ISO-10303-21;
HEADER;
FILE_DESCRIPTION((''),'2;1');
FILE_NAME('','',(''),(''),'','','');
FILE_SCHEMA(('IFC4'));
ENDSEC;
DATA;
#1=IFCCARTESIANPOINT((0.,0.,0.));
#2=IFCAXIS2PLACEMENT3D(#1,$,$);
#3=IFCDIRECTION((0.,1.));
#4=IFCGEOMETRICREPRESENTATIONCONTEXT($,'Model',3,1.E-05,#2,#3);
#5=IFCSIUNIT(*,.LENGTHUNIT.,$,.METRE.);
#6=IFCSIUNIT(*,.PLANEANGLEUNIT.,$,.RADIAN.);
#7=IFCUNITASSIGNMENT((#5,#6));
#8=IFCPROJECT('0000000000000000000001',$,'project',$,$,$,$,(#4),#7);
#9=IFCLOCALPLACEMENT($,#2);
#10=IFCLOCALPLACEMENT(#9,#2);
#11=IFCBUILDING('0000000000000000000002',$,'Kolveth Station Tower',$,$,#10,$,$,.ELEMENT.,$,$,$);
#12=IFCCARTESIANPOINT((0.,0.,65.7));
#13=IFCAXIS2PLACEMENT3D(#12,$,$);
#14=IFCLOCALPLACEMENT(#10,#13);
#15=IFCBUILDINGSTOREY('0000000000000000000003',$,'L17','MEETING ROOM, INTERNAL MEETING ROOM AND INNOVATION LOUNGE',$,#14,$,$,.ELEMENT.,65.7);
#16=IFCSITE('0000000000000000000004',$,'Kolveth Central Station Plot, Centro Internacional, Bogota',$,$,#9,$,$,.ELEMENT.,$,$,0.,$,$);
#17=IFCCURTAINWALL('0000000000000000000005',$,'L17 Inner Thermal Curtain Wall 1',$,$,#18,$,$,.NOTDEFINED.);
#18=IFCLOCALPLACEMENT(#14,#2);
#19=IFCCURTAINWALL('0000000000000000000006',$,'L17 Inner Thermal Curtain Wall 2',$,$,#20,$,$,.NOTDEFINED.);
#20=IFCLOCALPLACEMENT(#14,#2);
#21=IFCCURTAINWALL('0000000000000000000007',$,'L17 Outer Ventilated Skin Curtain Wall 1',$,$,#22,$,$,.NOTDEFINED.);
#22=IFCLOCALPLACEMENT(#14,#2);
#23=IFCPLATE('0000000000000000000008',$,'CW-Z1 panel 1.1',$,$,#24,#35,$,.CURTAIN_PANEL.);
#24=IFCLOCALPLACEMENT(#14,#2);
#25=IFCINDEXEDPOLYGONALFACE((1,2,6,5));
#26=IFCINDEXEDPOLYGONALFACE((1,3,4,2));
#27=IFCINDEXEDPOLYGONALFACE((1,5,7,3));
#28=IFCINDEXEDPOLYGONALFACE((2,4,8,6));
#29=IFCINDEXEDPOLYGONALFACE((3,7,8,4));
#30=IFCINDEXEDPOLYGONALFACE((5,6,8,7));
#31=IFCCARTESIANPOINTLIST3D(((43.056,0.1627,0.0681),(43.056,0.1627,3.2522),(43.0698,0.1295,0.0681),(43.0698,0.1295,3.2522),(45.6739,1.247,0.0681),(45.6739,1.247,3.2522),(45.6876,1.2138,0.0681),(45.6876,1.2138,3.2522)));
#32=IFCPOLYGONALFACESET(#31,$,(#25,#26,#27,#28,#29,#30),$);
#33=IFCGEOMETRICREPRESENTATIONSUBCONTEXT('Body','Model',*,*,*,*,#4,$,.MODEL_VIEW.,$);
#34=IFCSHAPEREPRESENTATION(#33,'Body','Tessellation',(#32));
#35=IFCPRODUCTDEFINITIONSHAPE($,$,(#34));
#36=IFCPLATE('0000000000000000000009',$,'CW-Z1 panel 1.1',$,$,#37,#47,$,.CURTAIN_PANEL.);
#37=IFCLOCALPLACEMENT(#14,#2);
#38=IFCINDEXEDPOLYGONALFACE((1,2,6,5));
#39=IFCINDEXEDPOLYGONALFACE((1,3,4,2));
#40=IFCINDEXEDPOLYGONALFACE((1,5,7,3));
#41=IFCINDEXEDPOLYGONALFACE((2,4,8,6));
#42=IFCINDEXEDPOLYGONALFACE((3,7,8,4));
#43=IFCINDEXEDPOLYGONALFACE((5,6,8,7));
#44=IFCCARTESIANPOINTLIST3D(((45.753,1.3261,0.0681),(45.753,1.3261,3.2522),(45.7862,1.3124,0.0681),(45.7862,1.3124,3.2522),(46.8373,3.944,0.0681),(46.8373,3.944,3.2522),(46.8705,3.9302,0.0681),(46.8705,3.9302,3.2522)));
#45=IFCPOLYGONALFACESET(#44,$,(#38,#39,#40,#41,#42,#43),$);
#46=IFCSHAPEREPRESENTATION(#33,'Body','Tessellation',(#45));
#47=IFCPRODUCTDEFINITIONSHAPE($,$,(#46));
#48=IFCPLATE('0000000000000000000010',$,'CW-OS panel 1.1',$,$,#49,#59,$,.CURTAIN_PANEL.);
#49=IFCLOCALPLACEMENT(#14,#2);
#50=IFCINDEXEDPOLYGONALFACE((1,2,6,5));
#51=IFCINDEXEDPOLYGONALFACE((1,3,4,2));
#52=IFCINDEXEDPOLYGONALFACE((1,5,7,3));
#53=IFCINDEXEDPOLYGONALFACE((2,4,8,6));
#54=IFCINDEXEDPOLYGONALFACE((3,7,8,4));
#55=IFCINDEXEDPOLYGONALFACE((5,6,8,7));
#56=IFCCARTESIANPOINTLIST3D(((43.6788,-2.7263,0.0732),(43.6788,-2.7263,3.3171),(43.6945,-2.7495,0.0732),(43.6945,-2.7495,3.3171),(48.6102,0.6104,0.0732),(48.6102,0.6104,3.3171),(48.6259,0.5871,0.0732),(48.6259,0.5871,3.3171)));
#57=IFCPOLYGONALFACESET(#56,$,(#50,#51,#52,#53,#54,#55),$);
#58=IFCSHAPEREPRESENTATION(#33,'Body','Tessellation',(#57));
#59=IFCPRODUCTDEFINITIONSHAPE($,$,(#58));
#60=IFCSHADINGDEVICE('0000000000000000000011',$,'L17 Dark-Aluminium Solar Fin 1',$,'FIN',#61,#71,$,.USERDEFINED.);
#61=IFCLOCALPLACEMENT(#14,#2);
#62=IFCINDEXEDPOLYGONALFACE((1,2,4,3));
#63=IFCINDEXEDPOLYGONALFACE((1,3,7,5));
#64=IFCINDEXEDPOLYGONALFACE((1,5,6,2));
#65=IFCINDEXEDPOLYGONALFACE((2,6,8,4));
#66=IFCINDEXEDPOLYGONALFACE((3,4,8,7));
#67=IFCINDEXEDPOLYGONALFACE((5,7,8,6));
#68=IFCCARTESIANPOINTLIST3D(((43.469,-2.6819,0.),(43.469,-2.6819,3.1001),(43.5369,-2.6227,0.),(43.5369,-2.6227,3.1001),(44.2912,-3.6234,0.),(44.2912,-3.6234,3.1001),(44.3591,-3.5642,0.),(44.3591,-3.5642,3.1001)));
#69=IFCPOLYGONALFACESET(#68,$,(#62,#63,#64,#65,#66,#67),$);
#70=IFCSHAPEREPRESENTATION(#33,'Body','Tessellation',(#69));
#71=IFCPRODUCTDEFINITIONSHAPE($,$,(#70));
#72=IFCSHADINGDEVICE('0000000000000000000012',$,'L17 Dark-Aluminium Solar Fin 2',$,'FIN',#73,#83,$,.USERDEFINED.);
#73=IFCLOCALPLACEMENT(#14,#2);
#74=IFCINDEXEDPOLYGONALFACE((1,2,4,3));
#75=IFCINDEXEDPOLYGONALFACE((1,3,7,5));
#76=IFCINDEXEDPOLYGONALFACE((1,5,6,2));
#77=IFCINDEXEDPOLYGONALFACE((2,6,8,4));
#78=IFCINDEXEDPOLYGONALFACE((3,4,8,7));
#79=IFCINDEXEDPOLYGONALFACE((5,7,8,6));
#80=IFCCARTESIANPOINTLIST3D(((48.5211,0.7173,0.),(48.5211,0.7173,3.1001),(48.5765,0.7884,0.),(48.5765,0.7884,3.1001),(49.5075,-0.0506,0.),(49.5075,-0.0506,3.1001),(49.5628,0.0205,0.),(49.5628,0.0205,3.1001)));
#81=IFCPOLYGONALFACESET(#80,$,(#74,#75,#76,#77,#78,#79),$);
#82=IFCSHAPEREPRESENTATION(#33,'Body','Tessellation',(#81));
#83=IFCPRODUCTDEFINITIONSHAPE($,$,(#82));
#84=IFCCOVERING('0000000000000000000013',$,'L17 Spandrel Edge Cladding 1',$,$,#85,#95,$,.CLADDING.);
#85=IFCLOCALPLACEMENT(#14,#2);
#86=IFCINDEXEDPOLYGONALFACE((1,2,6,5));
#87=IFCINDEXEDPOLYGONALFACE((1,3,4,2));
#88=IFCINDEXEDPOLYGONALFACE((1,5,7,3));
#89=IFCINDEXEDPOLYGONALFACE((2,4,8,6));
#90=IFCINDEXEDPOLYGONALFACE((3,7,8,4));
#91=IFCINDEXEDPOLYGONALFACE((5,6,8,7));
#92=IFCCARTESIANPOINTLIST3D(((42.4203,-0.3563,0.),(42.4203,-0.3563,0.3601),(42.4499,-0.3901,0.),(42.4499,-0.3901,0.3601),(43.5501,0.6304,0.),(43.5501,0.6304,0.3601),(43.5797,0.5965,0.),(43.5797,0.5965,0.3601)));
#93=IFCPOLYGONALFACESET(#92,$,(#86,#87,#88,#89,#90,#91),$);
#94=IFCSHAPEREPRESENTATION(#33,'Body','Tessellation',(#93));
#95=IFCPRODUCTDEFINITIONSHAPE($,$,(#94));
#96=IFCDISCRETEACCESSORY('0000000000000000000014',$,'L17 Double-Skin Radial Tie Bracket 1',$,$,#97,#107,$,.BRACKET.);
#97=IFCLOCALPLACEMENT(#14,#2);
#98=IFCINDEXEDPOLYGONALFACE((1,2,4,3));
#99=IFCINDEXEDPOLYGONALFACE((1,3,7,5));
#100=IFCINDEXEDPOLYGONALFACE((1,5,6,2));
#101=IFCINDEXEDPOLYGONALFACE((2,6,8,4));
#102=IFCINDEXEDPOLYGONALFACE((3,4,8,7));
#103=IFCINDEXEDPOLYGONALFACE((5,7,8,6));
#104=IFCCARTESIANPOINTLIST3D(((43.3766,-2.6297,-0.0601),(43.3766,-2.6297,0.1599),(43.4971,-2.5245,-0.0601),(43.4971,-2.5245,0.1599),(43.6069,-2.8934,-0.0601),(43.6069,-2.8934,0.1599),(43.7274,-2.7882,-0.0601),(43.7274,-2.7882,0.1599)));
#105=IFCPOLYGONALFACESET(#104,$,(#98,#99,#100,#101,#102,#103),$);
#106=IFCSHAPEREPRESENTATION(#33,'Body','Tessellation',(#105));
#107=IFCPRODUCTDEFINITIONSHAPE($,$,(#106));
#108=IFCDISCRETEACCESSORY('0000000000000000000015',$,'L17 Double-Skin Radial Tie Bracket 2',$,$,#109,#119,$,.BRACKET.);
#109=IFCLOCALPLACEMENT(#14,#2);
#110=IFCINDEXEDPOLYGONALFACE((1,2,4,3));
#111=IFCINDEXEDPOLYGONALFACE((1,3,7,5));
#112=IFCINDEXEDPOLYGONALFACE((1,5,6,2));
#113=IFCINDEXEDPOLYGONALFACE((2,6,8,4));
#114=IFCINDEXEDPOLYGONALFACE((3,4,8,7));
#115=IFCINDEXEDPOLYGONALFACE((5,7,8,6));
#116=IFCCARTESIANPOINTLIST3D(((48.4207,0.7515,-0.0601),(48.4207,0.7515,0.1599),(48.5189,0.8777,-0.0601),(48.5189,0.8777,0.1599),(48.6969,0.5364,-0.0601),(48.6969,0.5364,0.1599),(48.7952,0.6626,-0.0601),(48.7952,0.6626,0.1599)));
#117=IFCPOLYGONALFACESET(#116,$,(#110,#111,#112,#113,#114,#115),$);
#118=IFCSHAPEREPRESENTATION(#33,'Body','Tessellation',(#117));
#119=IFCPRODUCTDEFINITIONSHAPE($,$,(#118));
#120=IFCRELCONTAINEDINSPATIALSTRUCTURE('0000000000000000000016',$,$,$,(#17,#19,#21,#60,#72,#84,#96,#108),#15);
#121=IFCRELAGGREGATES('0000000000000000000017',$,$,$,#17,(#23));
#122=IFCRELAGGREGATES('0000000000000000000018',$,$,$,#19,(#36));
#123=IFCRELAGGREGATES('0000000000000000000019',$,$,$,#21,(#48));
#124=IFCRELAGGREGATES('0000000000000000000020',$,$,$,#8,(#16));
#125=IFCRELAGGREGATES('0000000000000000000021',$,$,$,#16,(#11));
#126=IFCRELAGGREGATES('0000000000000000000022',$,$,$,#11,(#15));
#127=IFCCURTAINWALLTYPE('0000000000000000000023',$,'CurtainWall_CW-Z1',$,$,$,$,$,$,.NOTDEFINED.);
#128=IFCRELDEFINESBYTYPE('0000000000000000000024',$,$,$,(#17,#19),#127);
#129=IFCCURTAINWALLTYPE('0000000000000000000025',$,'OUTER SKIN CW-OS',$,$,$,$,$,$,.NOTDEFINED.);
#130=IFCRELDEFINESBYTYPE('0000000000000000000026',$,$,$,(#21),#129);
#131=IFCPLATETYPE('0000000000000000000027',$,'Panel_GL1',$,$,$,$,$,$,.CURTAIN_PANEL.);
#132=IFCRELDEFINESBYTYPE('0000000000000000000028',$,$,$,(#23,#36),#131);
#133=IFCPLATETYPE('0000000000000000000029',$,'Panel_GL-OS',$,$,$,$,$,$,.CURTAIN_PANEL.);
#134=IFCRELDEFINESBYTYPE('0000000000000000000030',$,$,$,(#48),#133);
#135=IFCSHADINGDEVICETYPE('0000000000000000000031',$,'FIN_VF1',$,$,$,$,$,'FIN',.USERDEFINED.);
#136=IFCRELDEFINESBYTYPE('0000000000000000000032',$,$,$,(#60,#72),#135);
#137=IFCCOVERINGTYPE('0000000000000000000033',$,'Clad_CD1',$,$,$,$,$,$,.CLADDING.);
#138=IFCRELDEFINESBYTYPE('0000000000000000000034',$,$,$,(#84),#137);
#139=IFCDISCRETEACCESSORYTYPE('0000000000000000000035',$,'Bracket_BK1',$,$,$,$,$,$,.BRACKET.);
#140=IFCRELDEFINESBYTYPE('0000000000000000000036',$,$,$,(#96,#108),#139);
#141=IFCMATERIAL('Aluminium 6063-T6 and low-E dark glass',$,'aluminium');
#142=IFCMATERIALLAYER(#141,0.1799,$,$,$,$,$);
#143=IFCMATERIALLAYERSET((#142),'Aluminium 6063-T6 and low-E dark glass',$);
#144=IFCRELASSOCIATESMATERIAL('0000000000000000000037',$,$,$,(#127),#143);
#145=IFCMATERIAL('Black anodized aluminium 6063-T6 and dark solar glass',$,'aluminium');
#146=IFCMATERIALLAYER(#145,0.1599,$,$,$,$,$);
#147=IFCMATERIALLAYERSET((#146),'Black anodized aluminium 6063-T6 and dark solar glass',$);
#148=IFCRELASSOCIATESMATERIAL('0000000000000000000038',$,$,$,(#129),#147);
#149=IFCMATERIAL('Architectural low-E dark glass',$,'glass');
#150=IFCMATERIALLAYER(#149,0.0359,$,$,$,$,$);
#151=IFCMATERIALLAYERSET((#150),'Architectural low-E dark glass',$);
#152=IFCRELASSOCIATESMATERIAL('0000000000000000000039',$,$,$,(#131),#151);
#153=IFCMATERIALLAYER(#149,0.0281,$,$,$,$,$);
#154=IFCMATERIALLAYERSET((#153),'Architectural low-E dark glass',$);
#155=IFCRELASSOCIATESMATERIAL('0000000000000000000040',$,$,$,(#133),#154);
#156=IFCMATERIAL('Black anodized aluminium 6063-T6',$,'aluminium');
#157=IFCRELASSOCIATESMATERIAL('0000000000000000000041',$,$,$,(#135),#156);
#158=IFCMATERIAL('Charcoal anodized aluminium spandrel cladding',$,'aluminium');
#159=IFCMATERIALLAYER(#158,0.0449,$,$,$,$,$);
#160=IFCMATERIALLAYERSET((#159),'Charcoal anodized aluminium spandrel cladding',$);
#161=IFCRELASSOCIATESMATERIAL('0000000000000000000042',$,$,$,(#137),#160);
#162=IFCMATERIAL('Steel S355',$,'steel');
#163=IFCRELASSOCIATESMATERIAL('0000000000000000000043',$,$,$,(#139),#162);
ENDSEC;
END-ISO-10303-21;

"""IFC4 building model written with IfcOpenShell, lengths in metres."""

from ifc_helpers import new_model, si_unit, direction, frame, origin, origin_2d, place, context, subcontext, project, spatial, rectangle, extrude, source, transform, mapped, material, layer, layer_set, type_object, element, aggregate, save


model = new_model("IFC4")

# Units and contexts
model_context = context("Model", 3, precision=1e-05, world=origin(), true_north=direction((0.0, 1.0)))
body_context = subcontext(model_context, "Body", "Model", "MODEL_VIEW")
ifc_project = project(units=[si_unit("LENGTHUNIT", "METRE"), si_unit("PLANEANGLEUNIT", "RADIAN")], contexts=[model_context])

# Site, building, storey
site_placement = place(None, origin())
site = spatial("IfcSite", under=ifc_project, at=site_placement, Name="Kolveth Central Station Plot, Centro Internacional, Bogota", CompositionType="ELEMENT", RefElevation=0.0)
building_placement = place(site_placement, origin())
building = spatial("IfcBuilding", under=site, at=building_placement, Name="Kolveth Station Tower", CompositionType="ELEMENT")
storey_placement = place(building_placement, frame((0.0, 0.0, 65.7)))
storey = spatial("IfcBuildingStorey", under=building, at=storey_placement, Name="L17", Description="MEETING ROOM, INTERNAL MEETING ROOM AND INNOVATION LOUNGE", CompositionType="ELEMENT", Elevation=65.7)

# Shared definitions
ifc_material_1 = material(Name="Steel S355", Category="steel")

# Curtain walls
ifc_material_2 = material(Name="Aluminium 6063-T6 and low-E dark glass", Category="aluminium")
ifc_layer_1 = layer(ifc_material_2, 0.1799)
ifc_layer_set_1 = layer_set([ifc_layer_1], Name="Aluminium 6063-T6 and low-E dark glass")
curtain_wall_type_1 = type_object("IfcCurtainWallType", Name="CurtainWall_CW-Z1", PredefinedType="NOTDEFINED", material=ifc_layer_set_1)
curtain_wall_1_placement = place(storey_placement, origin())
curtain_wall_1 = element("IfcCurtainWall", 1, at=curtain_wall_1_placement, inside=storey, type_object=curtain_wall_type_1, Name="L17 Inner Thermal Curtain Wall 1", PredefinedType="NOTDEFINED")
ifc_material_3 = material(Name="Black anodized aluminium 6063-T6", Category="aluminium")
curtain_wall_2_placement = place(storey_placement, origin())
curtain_wall_2 = element("IfcCurtainWall", 2, at=curtain_wall_2_placement, inside=storey, type_object=curtain_wall_type_1, Name="L17 Inner Thermal Curtain Wall 2", PredefinedType="NOTDEFINED")

# Curtain wall
ifc_material_4 = material(Name="Black anodized aluminium 6063-T6 and dark solar glass", Category="aluminium")
ifc_layer_2 = layer(ifc_material_4, 0.1599)
ifc_layer_set_2 = layer_set([ifc_layer_2], Name="Black anodized aluminium 6063-T6 and dark solar glass")
curtain_wall_type_2 = type_object("IfcCurtainWallType", Name="OUTER SKIN CW-OS", PredefinedType="NOTDEFINED", material=ifc_layer_set_2)
curtain_wall_3_placement = place(storey_placement, origin())
curtain_wall_3 = element("IfcCurtainWall", 3, at=curtain_wall_3_placement, inside=storey, type_object=curtain_wall_type_2, Name="L17 Outer Ventilated Skin Curtain Wall 1", PredefinedType="NOTDEFINED")

# Plates
ifc_material_5 = material(Name="Architectural low-E dark glass", Category="glass")
ifc_layer_3 = layer(ifc_material_5, 0.0359)
ifc_layer_set_3 = layer_set([ifc_layer_3], Name="Architectural low-E dark glass")
plate_type_1 = type_object("IfcPlateType", Name="Panel_GL1", PredefinedType="CURTAIN_PANEL", material=ifc_layer_set_3)
shared_shape_1 = source(origin(), body_context, "Body", "SweptSolid", [
    extrude(rectangle(XDim=2.8335, YDim=0.0359, at=origin_2d()), origin(), (0.0, 0.0, 1.0), 3.1841),
])
plate_1_placement = place(storey_placement, frame((44.3718, 0.6882, 0.0681), z_axis=(0.0, 0.0, 1.0), x_axis=(0.923884, 0.382673, 0.0)))
plate_1 = element("IfcPlate", 4, at=plate_1_placement, type_object=plate_type_1, Name="CW-Z1 panel 1.1", PredefinedType="CURTAIN_PANEL", context=body_context, shape_type="MappedRepresentation", body=[
    mapped(shared_shape_1, transform((0.0, 0.0, 0.0), x_axis=(1.0, 0.0, 0.0), y_axis=(0.0, 1.0, 0.0), z_axis=(0.0, 0.0, 1.0), scale=1.0)),
])
aggregate(curtain_wall_1, [plate_1])
plate_2_placement = place(storey_placement, frame((46.3118, 2.6282, 0.0681), z_axis=(0.0, 0.0, 1.0), x_axis=(0.382673, 0.923884, 0.0)))
plate_2 = element("IfcPlate", 5, at=plate_2_placement, type_object=plate_type_1, Name="CW-Z1 panel 1.1", PredefinedType="CURTAIN_PANEL", context=body_context, shape_type="MappedRepresentation", body=[
    mapped(shared_shape_1, transform((0.0, 0.0, 0.0), x_axis=(1.0, 0.0, 0.0), y_axis=(0.0, 1.0, 0.0), z_axis=(0.0, 0.0, 1.0), scale=1.0)),
])
aggregate(curtain_wall_2, [plate_2])
ifc_layer_4 = layer(ifc_material_5, 0.0281)
ifc_layer_set_4 = layer_set([ifc_layer_4], Name="Architectural low-E dark glass")
plate_type_2 = type_object("IfcPlateType", Name="Panel_GL-OS", PredefinedType="CURTAIN_PANEL", material=ifc_layer_set_4)
shared_shape_2 = source(origin(), body_context, "Body", "SweptSolid", [
    extrude(rectangle(XDim=5.9541, YDim=0.0281, at=origin_2d()), origin(), (0.0, 0.0, 1.0), 3.2439),
])
plate_3_placement = place(storey_placement, frame((46.1523, -1.0696, 0.0732), z_axis=(0.0, 0.0, 1.0), x_axis=(0.828227, 0.560392, 0.0)))
plate_3 = element("IfcPlate", 6, at=plate_3_placement, type_object=plate_type_2, Name="CW-OS panel 1.1", PredefinedType="CURTAIN_PANEL", context=body_context, shape_type="MappedRepresentation", body=[
    mapped(shared_shape_2, transform((0.0, 0.0, 0.0), x_axis=(1.0, 0.0, 0.0), y_axis=(0.0, 1.0, 0.0), z_axis=(0.0, 0.0, 1.0), scale=1.0)),
])
aggregate(curtain_wall_3, [plate_3])

# Shading devices
shading_device_type = type_object("IfcShadingDeviceType", Name="FIN_VF1", ElementType="FIN", PredefinedType="USERDEFINED", material=ifc_material_3)
shared_shape_3 = source(origin(), body_context, "Body", "SweptSolid", [
    extrude(rectangle(XDim=1.25, YDim=0.0901, at=origin_2d()), origin(), (0.0, 0.0, 1.0), 3.1001),
])
for number, where, z_axis, x_axis, name in (
    (7, (43.9141, -3.123, 0.0), (0.0, 0.0, 1.0), (0.65777, -0.753219, 0.0), "L17 Dark-Aluminium Solar Fin 1"),
    (8, (49.042, 0.3689, 0.0), (0.0, 0.0, 1.0), (0.789084, -0.614285, 0.0), "L17 Dark-Aluminium Solar Fin 2"),
):
    element("IfcShadingDevice", number, at=place(storey_placement, frame(where, z_axis=z_axis, x_axis=x_axis)), inside=storey, type_object=shading_device_type, Name=name, ObjectType="FIN", PredefinedType="USERDEFINED", context=body_context, shape_type="MappedRepresentation", body=[
        mapped(shared_shape_3, transform((0.0, 0.0, 0.0), x_axis=(1.0, 0.0, 0.0), y_axis=(0.0, 1.0, 0.0), z_axis=(0.0, 0.0, 1.0), scale=1.0)),
    ])

# Covering
ifc_material_6 = material(Name="Charcoal anodized aluminium spandrel cladding", Category="aluminium")
ifc_layer_5 = layer(ifc_material_6, 0.0449)
ifc_layer_set_5 = layer_set([ifc_layer_5], Name="Charcoal anodized aluminium spandrel cladding")
covering_type = type_object("IfcCoveringType", Name="Clad_CD1", PredefinedType="CLADDING", material=ifc_layer_set_5)
shared_shape_4 = source(origin(), body_context, "Body", "SweptSolid", [
    extrude(rectangle(XDim=1.5, YDim=0.0449, at=origin_2d()), origin(), (0.0, 0.0, 1.0), 0.3601),
])
covering_placement = place(storey_placement, frame((43.0, 0.1201, 0.0), z_axis=(0.0, 0.0, 1.0), x_axis=(0.753219, 0.65777, 0.0)))
element("IfcCovering", 9, at=covering_placement, inside=storey, type_object=covering_type, Name="L17 Spandrel Edge Cladding 1", PredefinedType="CLADDING", context=body_context, shape_type="MappedRepresentation", body=[
    mapped(shared_shape_4, transform((0.0, 0.0, 0.0), x_axis=(1.0, 0.0, 0.0), y_axis=(0.0, 1.0, 0.0), z_axis=(0.0, 0.0, 1.0), scale=1.0)),
])

# Discrete accessories
discrete_accessory_type = type_object("IfcDiscreteAccessoryType", Name="Bracket_BK1", PredefinedType="BRACKET", material=ifc_material_1)
shared_shape_5 = source(origin(), body_context, "Body", "SweptSolid", [
    extrude(rectangle(XDim=0.3501, YDim=0.1599, at=origin_2d()), origin(), (0.0, 0.0, 1.0), 0.22),
])
for number, where, z_axis, x_axis, name in (
    (10, (43.552, -2.709, -0.0601), (0.0, 0.0, 1.0), (0.65777, -0.753219, 0.0), "L17 Double-Skin Radial Tie Bracket 1"),
    (11, (48.6079, 0.707, -0.0601), (0.0, 0.0, 1.0), (0.789084, -0.614285, 0.0), "L17 Double-Skin Radial Tie Bracket 2"),
):
    element("IfcDiscreteAccessory", number, at=place(storey_placement, frame(where, z_axis=z_axis, x_axis=x_axis)), inside=storey, type_object=discrete_accessory_type, Name=name, PredefinedType="BRACKET", context=body_context, shape_type="MappedRepresentation", body=[
        mapped(shared_shape_5, transform((0.0, 0.0, 0.0), x_axis=(1.0, 0.0, 0.0), y_axis=(0.0, 1.0, 0.0), z_axis=(0.0, 0.0, 1.0), scale=1.0)),
    ])

save(model, "model.ifc")
